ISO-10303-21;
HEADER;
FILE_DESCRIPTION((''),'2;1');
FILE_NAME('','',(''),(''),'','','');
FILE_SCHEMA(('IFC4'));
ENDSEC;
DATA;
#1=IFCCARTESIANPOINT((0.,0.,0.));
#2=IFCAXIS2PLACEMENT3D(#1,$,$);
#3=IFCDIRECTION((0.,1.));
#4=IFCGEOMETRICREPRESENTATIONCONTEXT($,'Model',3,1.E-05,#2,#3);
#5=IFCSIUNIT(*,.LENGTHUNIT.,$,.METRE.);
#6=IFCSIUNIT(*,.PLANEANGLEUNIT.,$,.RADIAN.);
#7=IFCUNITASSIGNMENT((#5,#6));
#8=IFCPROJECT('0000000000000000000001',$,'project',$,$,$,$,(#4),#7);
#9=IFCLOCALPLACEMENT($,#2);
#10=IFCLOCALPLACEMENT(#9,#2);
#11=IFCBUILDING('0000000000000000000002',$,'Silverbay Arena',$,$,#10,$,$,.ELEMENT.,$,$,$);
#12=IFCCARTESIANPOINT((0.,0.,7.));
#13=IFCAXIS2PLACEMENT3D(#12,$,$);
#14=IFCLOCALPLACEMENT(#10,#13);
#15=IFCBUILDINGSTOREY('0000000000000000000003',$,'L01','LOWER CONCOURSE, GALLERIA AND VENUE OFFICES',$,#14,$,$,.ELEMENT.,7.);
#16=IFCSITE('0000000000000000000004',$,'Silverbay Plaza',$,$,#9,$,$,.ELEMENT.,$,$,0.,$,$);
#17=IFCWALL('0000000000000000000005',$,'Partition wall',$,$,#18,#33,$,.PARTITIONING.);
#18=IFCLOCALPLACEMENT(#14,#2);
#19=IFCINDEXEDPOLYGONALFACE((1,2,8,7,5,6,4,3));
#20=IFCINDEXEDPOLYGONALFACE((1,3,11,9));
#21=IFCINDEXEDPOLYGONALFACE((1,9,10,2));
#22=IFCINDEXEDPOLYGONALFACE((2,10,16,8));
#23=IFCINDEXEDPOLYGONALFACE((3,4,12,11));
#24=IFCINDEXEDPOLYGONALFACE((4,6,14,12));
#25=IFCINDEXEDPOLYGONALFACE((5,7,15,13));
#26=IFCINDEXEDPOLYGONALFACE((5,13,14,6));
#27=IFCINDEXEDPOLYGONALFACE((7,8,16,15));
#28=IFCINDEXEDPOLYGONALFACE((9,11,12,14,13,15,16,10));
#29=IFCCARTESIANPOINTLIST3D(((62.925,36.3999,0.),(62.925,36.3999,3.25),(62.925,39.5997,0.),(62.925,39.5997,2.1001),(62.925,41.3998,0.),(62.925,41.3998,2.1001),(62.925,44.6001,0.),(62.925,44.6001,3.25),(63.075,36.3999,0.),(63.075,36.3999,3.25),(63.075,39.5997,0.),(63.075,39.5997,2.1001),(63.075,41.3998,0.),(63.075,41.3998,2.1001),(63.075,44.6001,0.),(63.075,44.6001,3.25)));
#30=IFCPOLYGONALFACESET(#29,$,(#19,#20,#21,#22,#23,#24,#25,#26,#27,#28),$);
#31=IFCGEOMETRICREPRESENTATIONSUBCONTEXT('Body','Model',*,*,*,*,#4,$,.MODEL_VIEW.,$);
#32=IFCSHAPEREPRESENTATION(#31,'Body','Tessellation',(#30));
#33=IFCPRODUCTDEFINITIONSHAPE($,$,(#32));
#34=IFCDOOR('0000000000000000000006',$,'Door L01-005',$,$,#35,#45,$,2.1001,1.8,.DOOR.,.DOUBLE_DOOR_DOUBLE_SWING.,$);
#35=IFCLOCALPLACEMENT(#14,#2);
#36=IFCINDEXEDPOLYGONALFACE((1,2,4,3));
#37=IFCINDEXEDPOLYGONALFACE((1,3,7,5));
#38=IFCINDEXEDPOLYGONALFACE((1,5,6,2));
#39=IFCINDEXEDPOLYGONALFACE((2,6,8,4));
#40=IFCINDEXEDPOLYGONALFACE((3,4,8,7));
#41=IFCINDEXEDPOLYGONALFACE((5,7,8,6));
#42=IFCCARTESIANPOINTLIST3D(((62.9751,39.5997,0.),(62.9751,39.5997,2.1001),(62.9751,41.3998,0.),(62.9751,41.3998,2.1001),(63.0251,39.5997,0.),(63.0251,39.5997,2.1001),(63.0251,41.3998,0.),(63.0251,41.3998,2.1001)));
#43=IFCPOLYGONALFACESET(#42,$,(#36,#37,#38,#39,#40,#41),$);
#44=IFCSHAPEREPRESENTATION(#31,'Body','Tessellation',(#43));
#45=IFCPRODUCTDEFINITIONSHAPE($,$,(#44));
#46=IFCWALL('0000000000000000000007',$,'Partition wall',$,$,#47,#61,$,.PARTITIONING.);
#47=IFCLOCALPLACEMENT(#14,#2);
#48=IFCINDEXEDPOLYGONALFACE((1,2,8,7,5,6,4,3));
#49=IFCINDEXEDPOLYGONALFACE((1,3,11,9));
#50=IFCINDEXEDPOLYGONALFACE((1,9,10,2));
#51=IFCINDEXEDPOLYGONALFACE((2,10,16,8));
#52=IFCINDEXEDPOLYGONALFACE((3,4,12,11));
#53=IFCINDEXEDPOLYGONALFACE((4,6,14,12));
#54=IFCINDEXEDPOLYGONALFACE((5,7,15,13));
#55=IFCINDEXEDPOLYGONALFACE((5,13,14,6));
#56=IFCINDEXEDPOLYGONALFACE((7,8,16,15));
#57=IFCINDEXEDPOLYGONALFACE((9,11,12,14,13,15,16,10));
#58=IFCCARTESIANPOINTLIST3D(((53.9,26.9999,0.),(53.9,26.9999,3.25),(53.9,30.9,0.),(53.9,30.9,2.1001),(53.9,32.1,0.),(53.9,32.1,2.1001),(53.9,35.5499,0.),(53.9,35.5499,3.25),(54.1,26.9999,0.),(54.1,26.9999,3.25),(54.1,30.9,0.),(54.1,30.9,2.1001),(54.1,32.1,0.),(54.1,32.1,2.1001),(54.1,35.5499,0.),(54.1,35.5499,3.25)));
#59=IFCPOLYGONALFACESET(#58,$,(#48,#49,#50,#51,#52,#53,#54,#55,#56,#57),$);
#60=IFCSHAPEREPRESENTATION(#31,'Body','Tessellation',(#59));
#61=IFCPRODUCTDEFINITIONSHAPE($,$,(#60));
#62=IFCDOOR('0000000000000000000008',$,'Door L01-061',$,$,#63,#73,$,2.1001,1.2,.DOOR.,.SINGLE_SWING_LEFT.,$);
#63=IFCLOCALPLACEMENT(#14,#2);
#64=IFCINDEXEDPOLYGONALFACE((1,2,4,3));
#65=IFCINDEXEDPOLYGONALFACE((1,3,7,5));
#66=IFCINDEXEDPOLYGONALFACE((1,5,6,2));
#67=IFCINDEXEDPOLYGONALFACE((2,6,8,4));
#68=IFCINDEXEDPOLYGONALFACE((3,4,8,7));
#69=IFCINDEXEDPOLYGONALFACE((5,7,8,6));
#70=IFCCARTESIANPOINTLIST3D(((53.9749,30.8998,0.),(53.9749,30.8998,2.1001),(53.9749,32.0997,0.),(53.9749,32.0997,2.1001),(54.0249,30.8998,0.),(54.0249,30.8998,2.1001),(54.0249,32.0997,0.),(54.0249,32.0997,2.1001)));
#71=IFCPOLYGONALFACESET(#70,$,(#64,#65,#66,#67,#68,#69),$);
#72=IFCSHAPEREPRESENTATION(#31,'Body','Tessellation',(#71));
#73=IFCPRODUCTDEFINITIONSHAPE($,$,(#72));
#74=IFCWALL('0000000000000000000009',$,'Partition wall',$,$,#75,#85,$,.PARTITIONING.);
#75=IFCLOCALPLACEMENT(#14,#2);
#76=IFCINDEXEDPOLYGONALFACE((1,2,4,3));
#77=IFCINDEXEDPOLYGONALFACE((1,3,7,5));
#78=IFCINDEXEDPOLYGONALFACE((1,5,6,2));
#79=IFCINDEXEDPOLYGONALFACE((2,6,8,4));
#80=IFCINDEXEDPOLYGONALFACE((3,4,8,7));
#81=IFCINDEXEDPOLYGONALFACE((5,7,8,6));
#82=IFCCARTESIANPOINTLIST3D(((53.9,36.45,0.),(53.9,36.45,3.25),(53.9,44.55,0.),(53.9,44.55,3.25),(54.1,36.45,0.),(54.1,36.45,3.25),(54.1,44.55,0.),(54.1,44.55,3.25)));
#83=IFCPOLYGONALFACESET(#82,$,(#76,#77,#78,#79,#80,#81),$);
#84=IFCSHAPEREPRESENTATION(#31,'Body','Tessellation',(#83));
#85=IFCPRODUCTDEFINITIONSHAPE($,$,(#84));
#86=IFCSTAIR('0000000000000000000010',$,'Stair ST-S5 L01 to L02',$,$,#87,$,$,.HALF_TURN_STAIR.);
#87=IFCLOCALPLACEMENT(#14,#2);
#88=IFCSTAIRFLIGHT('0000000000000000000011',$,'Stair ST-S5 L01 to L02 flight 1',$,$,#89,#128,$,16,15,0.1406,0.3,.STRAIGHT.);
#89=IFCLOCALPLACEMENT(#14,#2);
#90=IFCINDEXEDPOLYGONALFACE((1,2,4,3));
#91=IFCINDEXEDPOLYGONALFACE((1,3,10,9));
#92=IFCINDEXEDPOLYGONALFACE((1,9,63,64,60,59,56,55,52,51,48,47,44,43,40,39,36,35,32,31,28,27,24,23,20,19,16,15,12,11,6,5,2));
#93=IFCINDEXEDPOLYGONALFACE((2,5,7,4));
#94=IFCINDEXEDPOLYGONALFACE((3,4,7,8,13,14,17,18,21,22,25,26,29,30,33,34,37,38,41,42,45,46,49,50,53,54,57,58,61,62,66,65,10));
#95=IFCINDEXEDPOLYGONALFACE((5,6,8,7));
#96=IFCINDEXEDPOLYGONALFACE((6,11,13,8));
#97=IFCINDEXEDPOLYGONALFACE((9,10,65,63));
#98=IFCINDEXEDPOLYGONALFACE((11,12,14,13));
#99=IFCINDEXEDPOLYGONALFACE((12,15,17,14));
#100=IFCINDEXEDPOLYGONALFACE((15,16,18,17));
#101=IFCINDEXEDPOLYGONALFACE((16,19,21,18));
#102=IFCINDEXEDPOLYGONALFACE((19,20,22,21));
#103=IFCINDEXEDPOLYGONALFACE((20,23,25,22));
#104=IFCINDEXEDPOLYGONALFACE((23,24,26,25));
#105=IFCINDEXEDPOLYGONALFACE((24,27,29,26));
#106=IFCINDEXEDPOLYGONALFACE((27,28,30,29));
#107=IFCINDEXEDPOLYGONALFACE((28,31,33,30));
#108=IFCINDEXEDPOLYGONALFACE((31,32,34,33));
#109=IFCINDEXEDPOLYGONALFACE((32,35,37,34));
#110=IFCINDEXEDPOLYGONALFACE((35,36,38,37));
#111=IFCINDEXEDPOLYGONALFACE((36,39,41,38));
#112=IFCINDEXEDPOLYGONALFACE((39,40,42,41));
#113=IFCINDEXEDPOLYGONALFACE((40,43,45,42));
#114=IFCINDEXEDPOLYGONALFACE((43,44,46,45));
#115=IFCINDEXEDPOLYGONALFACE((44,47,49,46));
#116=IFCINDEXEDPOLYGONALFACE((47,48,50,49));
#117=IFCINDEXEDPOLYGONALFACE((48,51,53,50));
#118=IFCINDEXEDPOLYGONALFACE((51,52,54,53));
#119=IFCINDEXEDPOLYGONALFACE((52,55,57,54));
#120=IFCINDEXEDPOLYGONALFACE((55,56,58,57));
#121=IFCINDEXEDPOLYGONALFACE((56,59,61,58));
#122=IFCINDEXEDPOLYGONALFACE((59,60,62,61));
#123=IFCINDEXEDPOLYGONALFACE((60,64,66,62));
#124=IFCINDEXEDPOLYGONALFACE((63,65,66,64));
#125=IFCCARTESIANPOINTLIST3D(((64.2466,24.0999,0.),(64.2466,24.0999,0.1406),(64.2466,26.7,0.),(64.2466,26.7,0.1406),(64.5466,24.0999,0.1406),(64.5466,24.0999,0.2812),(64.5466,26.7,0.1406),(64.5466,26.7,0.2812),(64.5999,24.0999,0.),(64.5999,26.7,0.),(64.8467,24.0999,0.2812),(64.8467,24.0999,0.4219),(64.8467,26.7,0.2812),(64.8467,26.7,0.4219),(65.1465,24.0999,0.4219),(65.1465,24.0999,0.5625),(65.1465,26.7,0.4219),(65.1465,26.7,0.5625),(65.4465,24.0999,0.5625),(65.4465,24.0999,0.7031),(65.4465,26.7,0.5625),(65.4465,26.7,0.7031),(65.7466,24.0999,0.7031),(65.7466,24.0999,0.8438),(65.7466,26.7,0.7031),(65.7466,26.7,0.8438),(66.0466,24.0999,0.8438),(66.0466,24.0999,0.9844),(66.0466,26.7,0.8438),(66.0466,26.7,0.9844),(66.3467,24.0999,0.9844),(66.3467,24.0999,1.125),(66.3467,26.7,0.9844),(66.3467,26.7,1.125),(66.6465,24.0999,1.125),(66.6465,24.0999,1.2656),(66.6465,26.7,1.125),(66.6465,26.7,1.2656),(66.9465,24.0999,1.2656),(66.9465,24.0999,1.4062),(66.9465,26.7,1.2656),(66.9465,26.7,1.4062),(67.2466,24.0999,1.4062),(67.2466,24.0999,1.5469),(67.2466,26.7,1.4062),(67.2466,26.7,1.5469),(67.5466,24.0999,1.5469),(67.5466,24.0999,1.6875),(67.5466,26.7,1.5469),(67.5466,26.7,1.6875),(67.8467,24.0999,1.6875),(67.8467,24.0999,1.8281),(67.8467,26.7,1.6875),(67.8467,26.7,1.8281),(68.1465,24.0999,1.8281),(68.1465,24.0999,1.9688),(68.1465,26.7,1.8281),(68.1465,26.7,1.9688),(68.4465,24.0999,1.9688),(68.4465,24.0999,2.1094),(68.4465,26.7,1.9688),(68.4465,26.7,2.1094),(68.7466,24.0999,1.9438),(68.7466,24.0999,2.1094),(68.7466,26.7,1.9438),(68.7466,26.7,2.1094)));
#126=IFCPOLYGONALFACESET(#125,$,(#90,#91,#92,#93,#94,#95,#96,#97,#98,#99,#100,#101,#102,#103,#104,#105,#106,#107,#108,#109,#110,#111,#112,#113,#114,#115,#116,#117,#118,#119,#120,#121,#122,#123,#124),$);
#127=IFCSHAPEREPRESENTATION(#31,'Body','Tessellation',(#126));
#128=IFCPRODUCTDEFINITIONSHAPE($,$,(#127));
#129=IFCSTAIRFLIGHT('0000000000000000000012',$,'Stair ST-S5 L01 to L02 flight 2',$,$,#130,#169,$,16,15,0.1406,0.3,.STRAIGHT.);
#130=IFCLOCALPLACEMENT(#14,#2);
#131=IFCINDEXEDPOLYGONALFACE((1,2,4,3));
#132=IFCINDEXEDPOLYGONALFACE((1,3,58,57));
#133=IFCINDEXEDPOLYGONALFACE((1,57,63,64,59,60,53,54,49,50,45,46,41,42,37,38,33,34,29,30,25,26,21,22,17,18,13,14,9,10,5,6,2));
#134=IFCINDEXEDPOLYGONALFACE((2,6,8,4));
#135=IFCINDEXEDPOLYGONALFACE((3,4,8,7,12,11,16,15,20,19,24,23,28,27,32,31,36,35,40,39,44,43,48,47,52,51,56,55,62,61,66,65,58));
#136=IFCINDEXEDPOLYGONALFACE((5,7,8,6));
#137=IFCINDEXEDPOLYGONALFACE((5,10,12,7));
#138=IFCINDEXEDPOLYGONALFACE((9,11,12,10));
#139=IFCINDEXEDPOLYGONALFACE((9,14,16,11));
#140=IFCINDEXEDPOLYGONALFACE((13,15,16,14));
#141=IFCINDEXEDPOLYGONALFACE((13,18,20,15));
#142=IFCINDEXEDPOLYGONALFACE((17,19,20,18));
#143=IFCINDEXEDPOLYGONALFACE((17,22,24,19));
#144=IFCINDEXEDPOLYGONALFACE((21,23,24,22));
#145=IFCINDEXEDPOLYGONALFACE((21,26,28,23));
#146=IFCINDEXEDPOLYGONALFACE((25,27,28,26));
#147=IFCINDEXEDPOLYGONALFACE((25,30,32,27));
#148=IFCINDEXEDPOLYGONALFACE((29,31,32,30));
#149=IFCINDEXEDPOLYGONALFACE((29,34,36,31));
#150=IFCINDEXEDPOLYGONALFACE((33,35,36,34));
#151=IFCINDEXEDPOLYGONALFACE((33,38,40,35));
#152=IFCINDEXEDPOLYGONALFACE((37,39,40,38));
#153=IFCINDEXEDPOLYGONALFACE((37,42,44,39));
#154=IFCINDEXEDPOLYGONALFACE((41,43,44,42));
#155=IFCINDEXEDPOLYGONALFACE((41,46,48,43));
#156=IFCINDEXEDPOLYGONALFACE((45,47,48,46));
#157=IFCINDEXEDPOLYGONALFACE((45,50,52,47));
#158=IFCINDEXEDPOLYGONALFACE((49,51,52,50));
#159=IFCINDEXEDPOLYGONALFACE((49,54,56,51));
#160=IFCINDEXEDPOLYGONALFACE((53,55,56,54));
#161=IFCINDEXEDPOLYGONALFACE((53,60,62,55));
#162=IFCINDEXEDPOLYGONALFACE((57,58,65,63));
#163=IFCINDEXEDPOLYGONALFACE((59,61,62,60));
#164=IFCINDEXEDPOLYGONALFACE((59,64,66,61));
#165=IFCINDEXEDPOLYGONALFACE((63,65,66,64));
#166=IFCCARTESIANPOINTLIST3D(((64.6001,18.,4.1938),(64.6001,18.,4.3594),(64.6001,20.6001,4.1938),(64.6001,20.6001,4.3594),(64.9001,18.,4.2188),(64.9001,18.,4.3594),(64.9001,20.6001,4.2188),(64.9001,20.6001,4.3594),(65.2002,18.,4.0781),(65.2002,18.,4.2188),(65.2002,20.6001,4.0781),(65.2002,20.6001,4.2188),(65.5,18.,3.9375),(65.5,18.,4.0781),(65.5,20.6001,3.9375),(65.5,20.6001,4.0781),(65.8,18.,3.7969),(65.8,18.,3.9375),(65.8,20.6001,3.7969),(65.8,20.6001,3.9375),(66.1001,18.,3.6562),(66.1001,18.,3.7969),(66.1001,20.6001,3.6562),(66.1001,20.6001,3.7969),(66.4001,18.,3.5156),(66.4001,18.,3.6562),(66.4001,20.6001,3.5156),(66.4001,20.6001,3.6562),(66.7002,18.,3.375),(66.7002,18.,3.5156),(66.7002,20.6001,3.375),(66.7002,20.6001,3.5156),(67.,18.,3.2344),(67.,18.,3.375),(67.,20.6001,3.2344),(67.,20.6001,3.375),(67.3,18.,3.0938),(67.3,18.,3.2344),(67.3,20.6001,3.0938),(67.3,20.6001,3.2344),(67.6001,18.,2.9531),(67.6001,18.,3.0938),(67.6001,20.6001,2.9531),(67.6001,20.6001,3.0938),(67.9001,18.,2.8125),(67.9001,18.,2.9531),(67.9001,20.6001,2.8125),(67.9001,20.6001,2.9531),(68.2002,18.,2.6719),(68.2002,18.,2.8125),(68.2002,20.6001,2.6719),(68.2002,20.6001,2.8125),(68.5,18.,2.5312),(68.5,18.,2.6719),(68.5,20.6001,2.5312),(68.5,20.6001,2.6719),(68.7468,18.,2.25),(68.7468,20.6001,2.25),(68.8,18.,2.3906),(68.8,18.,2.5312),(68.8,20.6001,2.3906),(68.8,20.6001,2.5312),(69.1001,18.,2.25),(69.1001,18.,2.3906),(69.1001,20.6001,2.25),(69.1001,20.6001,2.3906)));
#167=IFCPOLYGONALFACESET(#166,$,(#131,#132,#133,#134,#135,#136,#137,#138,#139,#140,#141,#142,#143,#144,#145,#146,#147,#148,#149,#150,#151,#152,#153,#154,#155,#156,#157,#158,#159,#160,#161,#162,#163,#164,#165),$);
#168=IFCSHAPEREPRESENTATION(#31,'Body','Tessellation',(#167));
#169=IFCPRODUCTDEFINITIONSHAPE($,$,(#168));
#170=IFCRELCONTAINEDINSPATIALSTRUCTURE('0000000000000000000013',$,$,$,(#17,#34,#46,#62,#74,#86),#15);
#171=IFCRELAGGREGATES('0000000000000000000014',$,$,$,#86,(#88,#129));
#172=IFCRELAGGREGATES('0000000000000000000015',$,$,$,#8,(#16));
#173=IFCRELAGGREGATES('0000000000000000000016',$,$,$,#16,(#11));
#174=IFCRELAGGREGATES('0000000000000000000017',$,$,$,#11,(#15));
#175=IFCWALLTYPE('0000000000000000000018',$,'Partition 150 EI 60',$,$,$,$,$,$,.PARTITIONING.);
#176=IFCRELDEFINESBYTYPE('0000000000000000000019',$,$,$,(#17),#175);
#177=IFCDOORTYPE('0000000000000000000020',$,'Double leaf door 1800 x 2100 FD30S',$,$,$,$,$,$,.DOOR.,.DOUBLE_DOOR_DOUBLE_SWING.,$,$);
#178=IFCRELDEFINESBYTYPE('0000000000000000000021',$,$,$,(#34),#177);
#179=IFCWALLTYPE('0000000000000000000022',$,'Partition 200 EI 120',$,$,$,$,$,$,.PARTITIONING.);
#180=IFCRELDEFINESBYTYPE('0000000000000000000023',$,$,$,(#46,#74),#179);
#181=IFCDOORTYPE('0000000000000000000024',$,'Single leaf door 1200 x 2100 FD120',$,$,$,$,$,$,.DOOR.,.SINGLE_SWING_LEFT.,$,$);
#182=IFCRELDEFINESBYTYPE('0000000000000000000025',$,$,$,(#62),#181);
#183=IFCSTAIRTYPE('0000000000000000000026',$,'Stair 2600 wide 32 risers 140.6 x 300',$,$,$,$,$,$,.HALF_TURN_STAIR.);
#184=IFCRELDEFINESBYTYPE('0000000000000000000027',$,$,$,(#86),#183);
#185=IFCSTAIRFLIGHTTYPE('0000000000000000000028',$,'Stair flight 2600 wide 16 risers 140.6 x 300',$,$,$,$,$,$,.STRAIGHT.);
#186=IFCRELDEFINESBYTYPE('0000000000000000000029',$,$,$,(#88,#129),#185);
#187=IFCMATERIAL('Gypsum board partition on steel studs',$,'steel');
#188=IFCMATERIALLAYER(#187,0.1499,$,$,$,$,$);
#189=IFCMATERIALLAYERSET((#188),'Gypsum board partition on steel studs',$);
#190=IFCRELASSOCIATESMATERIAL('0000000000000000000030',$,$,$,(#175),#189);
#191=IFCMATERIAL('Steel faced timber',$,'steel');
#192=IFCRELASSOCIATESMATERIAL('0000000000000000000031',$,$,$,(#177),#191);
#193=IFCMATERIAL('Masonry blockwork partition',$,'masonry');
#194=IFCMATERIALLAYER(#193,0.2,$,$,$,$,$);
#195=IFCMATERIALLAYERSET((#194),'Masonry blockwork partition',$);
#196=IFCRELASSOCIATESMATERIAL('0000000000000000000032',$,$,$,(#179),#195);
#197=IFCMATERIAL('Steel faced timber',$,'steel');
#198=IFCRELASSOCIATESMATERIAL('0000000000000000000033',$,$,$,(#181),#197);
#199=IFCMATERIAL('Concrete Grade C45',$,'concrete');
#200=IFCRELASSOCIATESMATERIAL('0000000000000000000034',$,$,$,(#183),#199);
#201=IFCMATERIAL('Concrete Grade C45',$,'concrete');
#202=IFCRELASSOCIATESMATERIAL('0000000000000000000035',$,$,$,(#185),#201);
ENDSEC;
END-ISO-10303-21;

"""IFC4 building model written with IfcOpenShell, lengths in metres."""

from ifc_helpers import new_model, si_unit, direction, frame, frame_2d, origin, place, context, subcontext, project, spatial, polyline, rectangle, outline, extrude, material, layer, layer_set, type_object, element, fill, aggregate, save


model = new_model("IFC4")

# Units and contexts
model_context = context("Model", 3, precision=1e-05, world=origin(), true_north=direction((0.0, 1.0)))
body_context = subcontext(model_context, "Body", "Model", "MODEL_VIEW")
ifc_project = project(units=[si_unit("LENGTHUNIT", "METRE"), si_unit("PLANEANGLEUNIT", "RADIAN")], contexts=[model_context])

# Site, building, storey
site_placement = place(None, origin())
site = spatial("IfcSite", under=ifc_project, at=site_placement, Name="Silverbay Plaza", CompositionType="ELEMENT", RefElevation=0.0)
building_placement = place(site_placement, origin())
building = spatial("IfcBuilding", under=site, at=building_placement, Name="Silverbay Arena", CompositionType="ELEMENT")
storey_placement = place(building_placement, frame((0.0, 0.0, 7.0)))
storey = spatial("IfcBuildingStorey", under=building, at=storey_placement, Name="L01", Description="LOWER CONCOURSE, GALLERIA AND VENUE OFFICES", CompositionType="ELEMENT", Elevation=7.0)

# Shared definitions
ifc_material_1 = material(Name="Gypsum board partition on steel studs", Category="steel")
ifc_layer_1 = layer(ifc_material_1, 0.1499)
ifc_layer_set_1 = layer_set([ifc_layer_1], Name="Gypsum board partition on steel studs")
wall_type_1 = type_object("IfcWallType", Name="Partition 150 EI 60", PredefinedType="PARTITIONING", material=ifc_layer_set_1)

# Walls, openings, doors
wall_1_placement = place(storey_placement, frame((63.0, 36.3999, 0.0), z_axis=(0.0, 0.0, 1.0), x_axis=(0.0, 1.0, 0.0)))
wall_1 = element("IfcWall", 1, at=wall_1_placement, inside=storey, type_object=wall_type_1, Name="Partition wall", PredefinedType="PARTITIONING", context=body_context, shape_type="SweptSolid", body=[
    extrude(rectangle(XDim=8.2002, YDim=0.1499, at=frame_2d((4.1001, 0.0))), origin(), (0.0, 0.0, 1.0), 3.25),
])
opening_1_placement = place(wall_1_placement, frame((3.2, 0.0, 0.0)))
opening_1 = element("IfcOpeningElement", 2, at=opening_1_placement, cuts=wall_1, PredefinedType="OPENING", context=body_context, shape_type="SweptSolid", body=[
    extrude(rectangle(XDim=1.8, YDim=2.1001, at=frame_2d((0.8999, 1.05))), frame((0.0, 0.085, 0.0), z_axis=(0.0, -1.0, 0.0), x_axis=(1.0, 0.0, 0.0)), (0.0, 0.0, 1.0), 0.1699),
])
ifc_material_2 = material(Name="Steel faced timber", Category="steel")
door_type_1 = type_object("IfcDoorType", Name="Double leaf door 1800 x 2100 FD30S", OperationType="DOUBLE_DOOR_DOUBLE_SWING", PredefinedType="DOOR", material=ifc_material_2)
door_1_placement = place(opening_1_placement, origin())
door_1 = element("IfcDoor", 3, at=door_1_placement, inside=storey, type_object=door_type_1, Name="Door L01-005", OperationType="DOUBLE_DOOR_DOUBLE_SWING", OverallHeight=2.1001, OverallWidth=1.8, PredefinedType="DOOR", context=body_context, shape_type="SweptSolid", body=[
    extrude(rectangle(XDim=1.8, YDim=2.1001, at=frame_2d((0.8999, 1.05))), frame((0.0, 0.0249, 0.0), z_axis=(0.0, -1.0, 0.0), x_axis=(1.0, 0.0, 0.0)), (0.0, 0.0, 1.0), 0.05),
])
fill(opening_1, door_1)
ifc_material_3 = material(Name="Masonry blockwork partition", Category="masonry")
ifc_layer_2 = layer(ifc_material_3, 0.2)
ifc_layer_set_2 = layer_set([ifc_layer_2], Name="Masonry blockwork partition")
wall_type_2 = type_object("IfcWallType", Name="Partition 200 EI 120", PredefinedType="PARTITIONING", material=ifc_layer_set_2)
wall_2_placement = place(storey_placement, frame((54.0, 27.0, 0.0), z_axis=(0.0, 0.0, 1.0), x_axis=(0.0, 1.0, 0.0)))
wall_2 = element("IfcWall", 4, at=wall_2_placement, inside=storey, type_object=wall_type_2, Name="Partition wall", PredefinedType="PARTITIONING", context=body_context, shape_type="SweptSolid", body=[
    extrude(rectangle(XDim=8.55, YDim=0.2, at=frame_2d((4.2749, 0.0))), origin(), (0.0, 0.0, 1.0), 3.25),
])
opening_2_placement = place(wall_2_placement, frame((3.8999, 0.0, 0.0)))
opening_2 = element("IfcOpeningElement", 5, at=opening_2_placement, cuts=wall_2, PredefinedType="OPENING", context=body_context, shape_type="SweptSolid", body=[
    extrude(rectangle(XDim=1.2, YDim=2.1001, at=frame_2d((0.6001, 1.05))), frame((0.0, 0.1099, 0.0), z_axis=(0.0, -1.0, 0.0), x_axis=(1.0, 0.0, 0.0)), (0.0, 0.0, 1.0), 0.22),
])
ifc_material_4 = material(Name="Steel faced timber", Category="steel")
door_type_2 = type_object("IfcDoorType", Name="Single leaf door 1200 x 2100 FD120", OperationType="SINGLE_SWING_LEFT", PredefinedType="DOOR", material=ifc_material_4)
door_2_placement = place(opening_2_placement, frame((1.2, 0.0, 0.0), z_axis=(0.0, 0.0, 1.0), x_axis=(-1.0, 0.0, 0.0)))
door_2 = element("IfcDoor", 6, at=door_2_placement, inside=storey, type_object=door_type_2, Name="Door L01-061", OperationType="SINGLE_SWING_LEFT", OverallHeight=2.1001, OverallWidth=1.2, PredefinedType="DOOR", context=body_context, shape_type="SweptSolid", body=[
    extrude(rectangle(XDim=1.2, YDim=2.1001, at=frame_2d((0.6001, 1.05))), frame((0.0, 0.0249, 0.0), z_axis=(0.0, -1.0, 0.0), x_axis=(1.0, 0.0, 0.0)), (0.0, 0.0, 1.0), 0.05),
])
fill(opening_2, door_2)

# Wall
wall_3_placement = place(storey_placement, frame((54.0, 36.45, 0.0), z_axis=(0.0, 0.0, 1.0), x_axis=(0.0, 1.0, 0.0)))
element("IfcWall", 7, at=wall_3_placement, inside=storey, type_object=wall_type_2, Name="Partition wall", PredefinedType="PARTITIONING", context=body_context, shape_type="SweptSolid", body=[
    extrude(rectangle(XDim=8.1001, YDim=0.2, at=frame_2d((4.05, 0.0))), origin(), (0.0, 0.0, 1.0), 3.25),
])

# Stair, stair flights
ifc_material_5 = material(Name="Concrete Grade C45", Category="concrete")
stair_type = type_object("IfcStairType", Name="Stair 2600 wide 32 risers 140.6 x 300", PredefinedType="HALF_TURN_STAIR", material=ifc_material_5)
stair_placement = place(storey_placement, origin())
stair = element("IfcStair", 8, at=stair_placement, inside=storey, type_object=stair_type, Name="Stair ST-S5 L01 to L02", PredefinedType="HALF_TURN_STAIR")
ifc_material_6 = material(Name="Concrete Grade C45", Category="concrete")
stair_flight_type = type_object("IfcStairFlightType", Name="Stair flight 2600 wide 16 risers 140.6 x 300", PredefinedType="STRAIGHT", material=ifc_material_6)
stair_flight_1_placement = place(storey_placement, frame((64.2466, 25.3999, 0.0), z_axis=(0.0, 0.0, 1.0), x_axis=(1.0, 0.0, 0.0)))
stair_flight_1 = element("IfcStairFlight", 9, at=stair_flight_1_placement, type_object=stair_flight_type, Name="Stair ST-S5 L01 to L02 flight 1", NumberOfRisers=16, NumberOfTreads=15, PredefinedType="STRAIGHT", RiserHeight=0.1406, TreadLength=0.3, context=body_context, shape_type="SweptSolid", body=[
    extrude(outline(polyline([(0.0, 0.0), (0.0, 0.1406), (0.3, 0.1406), (0.3, 0.2812), (0.6001, 0.2812), (0.6001, 0.4219), (0.8999, 0.4219), (0.8999, 0.5625), (1.2, 0.5625), (1.2, 0.7031), (1.5, 0.7031), (1.5, 0.8438), (1.8, 0.8438), (1.8, 0.9844), (2.1001, 0.9844), (2.1001, 1.125), (2.3999, 1.125), (2.3999, 1.2656), (2.7, 1.2656), (2.7, 1.4062), (3.0, 1.4062), (3.0, 1.5469), (3.3, 1.5469), (3.3, 1.6875), (3.6001, 1.6875), (3.6001, 1.8281), (3.8999, 1.8281), (3.8999, 1.9688), (4.2, 1.9688), (4.2, 2.1094), (4.5, 2.1094), (4.5, 1.9438), (0.3533, 0.0), (0.0, 0.0)])), frame((0.0, 1.3, 0.0), z_axis=(0.0, -1.0, 0.0), x_axis=(1.0, 0.0, 0.0)), (0.0, 0.0, 1.0), 2.6001),
])
stair_flight_2_placement = place(storey_placement, frame((69.1001, 19.3, 2.25), z_axis=(0.0, 0.0, 1.0), x_axis=(-1.0, 0.0, 0.0)))
stair_flight_2 = element("IfcStairFlight", 10, at=stair_flight_2_placement, type_object=stair_flight_type, Name="Stair ST-S5 L01 to L02 flight 2", NumberOfRisers=16, NumberOfTreads=15, PredefinedType="STRAIGHT", RiserHeight=0.1406, TreadLength=0.3, context=body_context, shape_type="SweptSolid", body=[
    extrude(outline(polyline([(0.0, 0.0), (0.0, 0.1406), (0.3, 0.1406), (0.3, 0.2812), (0.6001, 0.2812), (0.6001, 0.4219), (0.8999, 0.4219), (0.8999, 0.5625), (1.2, 0.5625), (1.2, 0.7031), (1.5, 0.7031), (1.5, 0.8438), (1.8, 0.8438), (1.8, 0.9844), (2.1001, 0.9844), (2.1001, 1.125), (2.3999, 1.125), (2.3999, 1.2656), (2.7, 1.2656), (2.7, 1.4062), (3.0, 1.4062), (3.0, 1.5469), (3.3, 1.5469), (3.3, 1.6875), (3.6001, 1.6875), (3.6001, 1.8281), (3.8999, 1.8281), (3.8999, 1.9688), (4.2, 1.9688), (4.2, 2.1094), (4.5, 2.1094), (4.5, 1.9438), (0.3533, 0.0), (0.0, 0.0)])), frame((0.0, 1.3, 0.0), z_axis=(0.0, -1.0, 0.0), x_axis=(1.0, 0.0, 0.0)), (0.0, 0.0, 1.0), 2.6001),
])
aggregate(stair, [stair_flight_1, stair_flight_2])

save(model, "model.ifc")
